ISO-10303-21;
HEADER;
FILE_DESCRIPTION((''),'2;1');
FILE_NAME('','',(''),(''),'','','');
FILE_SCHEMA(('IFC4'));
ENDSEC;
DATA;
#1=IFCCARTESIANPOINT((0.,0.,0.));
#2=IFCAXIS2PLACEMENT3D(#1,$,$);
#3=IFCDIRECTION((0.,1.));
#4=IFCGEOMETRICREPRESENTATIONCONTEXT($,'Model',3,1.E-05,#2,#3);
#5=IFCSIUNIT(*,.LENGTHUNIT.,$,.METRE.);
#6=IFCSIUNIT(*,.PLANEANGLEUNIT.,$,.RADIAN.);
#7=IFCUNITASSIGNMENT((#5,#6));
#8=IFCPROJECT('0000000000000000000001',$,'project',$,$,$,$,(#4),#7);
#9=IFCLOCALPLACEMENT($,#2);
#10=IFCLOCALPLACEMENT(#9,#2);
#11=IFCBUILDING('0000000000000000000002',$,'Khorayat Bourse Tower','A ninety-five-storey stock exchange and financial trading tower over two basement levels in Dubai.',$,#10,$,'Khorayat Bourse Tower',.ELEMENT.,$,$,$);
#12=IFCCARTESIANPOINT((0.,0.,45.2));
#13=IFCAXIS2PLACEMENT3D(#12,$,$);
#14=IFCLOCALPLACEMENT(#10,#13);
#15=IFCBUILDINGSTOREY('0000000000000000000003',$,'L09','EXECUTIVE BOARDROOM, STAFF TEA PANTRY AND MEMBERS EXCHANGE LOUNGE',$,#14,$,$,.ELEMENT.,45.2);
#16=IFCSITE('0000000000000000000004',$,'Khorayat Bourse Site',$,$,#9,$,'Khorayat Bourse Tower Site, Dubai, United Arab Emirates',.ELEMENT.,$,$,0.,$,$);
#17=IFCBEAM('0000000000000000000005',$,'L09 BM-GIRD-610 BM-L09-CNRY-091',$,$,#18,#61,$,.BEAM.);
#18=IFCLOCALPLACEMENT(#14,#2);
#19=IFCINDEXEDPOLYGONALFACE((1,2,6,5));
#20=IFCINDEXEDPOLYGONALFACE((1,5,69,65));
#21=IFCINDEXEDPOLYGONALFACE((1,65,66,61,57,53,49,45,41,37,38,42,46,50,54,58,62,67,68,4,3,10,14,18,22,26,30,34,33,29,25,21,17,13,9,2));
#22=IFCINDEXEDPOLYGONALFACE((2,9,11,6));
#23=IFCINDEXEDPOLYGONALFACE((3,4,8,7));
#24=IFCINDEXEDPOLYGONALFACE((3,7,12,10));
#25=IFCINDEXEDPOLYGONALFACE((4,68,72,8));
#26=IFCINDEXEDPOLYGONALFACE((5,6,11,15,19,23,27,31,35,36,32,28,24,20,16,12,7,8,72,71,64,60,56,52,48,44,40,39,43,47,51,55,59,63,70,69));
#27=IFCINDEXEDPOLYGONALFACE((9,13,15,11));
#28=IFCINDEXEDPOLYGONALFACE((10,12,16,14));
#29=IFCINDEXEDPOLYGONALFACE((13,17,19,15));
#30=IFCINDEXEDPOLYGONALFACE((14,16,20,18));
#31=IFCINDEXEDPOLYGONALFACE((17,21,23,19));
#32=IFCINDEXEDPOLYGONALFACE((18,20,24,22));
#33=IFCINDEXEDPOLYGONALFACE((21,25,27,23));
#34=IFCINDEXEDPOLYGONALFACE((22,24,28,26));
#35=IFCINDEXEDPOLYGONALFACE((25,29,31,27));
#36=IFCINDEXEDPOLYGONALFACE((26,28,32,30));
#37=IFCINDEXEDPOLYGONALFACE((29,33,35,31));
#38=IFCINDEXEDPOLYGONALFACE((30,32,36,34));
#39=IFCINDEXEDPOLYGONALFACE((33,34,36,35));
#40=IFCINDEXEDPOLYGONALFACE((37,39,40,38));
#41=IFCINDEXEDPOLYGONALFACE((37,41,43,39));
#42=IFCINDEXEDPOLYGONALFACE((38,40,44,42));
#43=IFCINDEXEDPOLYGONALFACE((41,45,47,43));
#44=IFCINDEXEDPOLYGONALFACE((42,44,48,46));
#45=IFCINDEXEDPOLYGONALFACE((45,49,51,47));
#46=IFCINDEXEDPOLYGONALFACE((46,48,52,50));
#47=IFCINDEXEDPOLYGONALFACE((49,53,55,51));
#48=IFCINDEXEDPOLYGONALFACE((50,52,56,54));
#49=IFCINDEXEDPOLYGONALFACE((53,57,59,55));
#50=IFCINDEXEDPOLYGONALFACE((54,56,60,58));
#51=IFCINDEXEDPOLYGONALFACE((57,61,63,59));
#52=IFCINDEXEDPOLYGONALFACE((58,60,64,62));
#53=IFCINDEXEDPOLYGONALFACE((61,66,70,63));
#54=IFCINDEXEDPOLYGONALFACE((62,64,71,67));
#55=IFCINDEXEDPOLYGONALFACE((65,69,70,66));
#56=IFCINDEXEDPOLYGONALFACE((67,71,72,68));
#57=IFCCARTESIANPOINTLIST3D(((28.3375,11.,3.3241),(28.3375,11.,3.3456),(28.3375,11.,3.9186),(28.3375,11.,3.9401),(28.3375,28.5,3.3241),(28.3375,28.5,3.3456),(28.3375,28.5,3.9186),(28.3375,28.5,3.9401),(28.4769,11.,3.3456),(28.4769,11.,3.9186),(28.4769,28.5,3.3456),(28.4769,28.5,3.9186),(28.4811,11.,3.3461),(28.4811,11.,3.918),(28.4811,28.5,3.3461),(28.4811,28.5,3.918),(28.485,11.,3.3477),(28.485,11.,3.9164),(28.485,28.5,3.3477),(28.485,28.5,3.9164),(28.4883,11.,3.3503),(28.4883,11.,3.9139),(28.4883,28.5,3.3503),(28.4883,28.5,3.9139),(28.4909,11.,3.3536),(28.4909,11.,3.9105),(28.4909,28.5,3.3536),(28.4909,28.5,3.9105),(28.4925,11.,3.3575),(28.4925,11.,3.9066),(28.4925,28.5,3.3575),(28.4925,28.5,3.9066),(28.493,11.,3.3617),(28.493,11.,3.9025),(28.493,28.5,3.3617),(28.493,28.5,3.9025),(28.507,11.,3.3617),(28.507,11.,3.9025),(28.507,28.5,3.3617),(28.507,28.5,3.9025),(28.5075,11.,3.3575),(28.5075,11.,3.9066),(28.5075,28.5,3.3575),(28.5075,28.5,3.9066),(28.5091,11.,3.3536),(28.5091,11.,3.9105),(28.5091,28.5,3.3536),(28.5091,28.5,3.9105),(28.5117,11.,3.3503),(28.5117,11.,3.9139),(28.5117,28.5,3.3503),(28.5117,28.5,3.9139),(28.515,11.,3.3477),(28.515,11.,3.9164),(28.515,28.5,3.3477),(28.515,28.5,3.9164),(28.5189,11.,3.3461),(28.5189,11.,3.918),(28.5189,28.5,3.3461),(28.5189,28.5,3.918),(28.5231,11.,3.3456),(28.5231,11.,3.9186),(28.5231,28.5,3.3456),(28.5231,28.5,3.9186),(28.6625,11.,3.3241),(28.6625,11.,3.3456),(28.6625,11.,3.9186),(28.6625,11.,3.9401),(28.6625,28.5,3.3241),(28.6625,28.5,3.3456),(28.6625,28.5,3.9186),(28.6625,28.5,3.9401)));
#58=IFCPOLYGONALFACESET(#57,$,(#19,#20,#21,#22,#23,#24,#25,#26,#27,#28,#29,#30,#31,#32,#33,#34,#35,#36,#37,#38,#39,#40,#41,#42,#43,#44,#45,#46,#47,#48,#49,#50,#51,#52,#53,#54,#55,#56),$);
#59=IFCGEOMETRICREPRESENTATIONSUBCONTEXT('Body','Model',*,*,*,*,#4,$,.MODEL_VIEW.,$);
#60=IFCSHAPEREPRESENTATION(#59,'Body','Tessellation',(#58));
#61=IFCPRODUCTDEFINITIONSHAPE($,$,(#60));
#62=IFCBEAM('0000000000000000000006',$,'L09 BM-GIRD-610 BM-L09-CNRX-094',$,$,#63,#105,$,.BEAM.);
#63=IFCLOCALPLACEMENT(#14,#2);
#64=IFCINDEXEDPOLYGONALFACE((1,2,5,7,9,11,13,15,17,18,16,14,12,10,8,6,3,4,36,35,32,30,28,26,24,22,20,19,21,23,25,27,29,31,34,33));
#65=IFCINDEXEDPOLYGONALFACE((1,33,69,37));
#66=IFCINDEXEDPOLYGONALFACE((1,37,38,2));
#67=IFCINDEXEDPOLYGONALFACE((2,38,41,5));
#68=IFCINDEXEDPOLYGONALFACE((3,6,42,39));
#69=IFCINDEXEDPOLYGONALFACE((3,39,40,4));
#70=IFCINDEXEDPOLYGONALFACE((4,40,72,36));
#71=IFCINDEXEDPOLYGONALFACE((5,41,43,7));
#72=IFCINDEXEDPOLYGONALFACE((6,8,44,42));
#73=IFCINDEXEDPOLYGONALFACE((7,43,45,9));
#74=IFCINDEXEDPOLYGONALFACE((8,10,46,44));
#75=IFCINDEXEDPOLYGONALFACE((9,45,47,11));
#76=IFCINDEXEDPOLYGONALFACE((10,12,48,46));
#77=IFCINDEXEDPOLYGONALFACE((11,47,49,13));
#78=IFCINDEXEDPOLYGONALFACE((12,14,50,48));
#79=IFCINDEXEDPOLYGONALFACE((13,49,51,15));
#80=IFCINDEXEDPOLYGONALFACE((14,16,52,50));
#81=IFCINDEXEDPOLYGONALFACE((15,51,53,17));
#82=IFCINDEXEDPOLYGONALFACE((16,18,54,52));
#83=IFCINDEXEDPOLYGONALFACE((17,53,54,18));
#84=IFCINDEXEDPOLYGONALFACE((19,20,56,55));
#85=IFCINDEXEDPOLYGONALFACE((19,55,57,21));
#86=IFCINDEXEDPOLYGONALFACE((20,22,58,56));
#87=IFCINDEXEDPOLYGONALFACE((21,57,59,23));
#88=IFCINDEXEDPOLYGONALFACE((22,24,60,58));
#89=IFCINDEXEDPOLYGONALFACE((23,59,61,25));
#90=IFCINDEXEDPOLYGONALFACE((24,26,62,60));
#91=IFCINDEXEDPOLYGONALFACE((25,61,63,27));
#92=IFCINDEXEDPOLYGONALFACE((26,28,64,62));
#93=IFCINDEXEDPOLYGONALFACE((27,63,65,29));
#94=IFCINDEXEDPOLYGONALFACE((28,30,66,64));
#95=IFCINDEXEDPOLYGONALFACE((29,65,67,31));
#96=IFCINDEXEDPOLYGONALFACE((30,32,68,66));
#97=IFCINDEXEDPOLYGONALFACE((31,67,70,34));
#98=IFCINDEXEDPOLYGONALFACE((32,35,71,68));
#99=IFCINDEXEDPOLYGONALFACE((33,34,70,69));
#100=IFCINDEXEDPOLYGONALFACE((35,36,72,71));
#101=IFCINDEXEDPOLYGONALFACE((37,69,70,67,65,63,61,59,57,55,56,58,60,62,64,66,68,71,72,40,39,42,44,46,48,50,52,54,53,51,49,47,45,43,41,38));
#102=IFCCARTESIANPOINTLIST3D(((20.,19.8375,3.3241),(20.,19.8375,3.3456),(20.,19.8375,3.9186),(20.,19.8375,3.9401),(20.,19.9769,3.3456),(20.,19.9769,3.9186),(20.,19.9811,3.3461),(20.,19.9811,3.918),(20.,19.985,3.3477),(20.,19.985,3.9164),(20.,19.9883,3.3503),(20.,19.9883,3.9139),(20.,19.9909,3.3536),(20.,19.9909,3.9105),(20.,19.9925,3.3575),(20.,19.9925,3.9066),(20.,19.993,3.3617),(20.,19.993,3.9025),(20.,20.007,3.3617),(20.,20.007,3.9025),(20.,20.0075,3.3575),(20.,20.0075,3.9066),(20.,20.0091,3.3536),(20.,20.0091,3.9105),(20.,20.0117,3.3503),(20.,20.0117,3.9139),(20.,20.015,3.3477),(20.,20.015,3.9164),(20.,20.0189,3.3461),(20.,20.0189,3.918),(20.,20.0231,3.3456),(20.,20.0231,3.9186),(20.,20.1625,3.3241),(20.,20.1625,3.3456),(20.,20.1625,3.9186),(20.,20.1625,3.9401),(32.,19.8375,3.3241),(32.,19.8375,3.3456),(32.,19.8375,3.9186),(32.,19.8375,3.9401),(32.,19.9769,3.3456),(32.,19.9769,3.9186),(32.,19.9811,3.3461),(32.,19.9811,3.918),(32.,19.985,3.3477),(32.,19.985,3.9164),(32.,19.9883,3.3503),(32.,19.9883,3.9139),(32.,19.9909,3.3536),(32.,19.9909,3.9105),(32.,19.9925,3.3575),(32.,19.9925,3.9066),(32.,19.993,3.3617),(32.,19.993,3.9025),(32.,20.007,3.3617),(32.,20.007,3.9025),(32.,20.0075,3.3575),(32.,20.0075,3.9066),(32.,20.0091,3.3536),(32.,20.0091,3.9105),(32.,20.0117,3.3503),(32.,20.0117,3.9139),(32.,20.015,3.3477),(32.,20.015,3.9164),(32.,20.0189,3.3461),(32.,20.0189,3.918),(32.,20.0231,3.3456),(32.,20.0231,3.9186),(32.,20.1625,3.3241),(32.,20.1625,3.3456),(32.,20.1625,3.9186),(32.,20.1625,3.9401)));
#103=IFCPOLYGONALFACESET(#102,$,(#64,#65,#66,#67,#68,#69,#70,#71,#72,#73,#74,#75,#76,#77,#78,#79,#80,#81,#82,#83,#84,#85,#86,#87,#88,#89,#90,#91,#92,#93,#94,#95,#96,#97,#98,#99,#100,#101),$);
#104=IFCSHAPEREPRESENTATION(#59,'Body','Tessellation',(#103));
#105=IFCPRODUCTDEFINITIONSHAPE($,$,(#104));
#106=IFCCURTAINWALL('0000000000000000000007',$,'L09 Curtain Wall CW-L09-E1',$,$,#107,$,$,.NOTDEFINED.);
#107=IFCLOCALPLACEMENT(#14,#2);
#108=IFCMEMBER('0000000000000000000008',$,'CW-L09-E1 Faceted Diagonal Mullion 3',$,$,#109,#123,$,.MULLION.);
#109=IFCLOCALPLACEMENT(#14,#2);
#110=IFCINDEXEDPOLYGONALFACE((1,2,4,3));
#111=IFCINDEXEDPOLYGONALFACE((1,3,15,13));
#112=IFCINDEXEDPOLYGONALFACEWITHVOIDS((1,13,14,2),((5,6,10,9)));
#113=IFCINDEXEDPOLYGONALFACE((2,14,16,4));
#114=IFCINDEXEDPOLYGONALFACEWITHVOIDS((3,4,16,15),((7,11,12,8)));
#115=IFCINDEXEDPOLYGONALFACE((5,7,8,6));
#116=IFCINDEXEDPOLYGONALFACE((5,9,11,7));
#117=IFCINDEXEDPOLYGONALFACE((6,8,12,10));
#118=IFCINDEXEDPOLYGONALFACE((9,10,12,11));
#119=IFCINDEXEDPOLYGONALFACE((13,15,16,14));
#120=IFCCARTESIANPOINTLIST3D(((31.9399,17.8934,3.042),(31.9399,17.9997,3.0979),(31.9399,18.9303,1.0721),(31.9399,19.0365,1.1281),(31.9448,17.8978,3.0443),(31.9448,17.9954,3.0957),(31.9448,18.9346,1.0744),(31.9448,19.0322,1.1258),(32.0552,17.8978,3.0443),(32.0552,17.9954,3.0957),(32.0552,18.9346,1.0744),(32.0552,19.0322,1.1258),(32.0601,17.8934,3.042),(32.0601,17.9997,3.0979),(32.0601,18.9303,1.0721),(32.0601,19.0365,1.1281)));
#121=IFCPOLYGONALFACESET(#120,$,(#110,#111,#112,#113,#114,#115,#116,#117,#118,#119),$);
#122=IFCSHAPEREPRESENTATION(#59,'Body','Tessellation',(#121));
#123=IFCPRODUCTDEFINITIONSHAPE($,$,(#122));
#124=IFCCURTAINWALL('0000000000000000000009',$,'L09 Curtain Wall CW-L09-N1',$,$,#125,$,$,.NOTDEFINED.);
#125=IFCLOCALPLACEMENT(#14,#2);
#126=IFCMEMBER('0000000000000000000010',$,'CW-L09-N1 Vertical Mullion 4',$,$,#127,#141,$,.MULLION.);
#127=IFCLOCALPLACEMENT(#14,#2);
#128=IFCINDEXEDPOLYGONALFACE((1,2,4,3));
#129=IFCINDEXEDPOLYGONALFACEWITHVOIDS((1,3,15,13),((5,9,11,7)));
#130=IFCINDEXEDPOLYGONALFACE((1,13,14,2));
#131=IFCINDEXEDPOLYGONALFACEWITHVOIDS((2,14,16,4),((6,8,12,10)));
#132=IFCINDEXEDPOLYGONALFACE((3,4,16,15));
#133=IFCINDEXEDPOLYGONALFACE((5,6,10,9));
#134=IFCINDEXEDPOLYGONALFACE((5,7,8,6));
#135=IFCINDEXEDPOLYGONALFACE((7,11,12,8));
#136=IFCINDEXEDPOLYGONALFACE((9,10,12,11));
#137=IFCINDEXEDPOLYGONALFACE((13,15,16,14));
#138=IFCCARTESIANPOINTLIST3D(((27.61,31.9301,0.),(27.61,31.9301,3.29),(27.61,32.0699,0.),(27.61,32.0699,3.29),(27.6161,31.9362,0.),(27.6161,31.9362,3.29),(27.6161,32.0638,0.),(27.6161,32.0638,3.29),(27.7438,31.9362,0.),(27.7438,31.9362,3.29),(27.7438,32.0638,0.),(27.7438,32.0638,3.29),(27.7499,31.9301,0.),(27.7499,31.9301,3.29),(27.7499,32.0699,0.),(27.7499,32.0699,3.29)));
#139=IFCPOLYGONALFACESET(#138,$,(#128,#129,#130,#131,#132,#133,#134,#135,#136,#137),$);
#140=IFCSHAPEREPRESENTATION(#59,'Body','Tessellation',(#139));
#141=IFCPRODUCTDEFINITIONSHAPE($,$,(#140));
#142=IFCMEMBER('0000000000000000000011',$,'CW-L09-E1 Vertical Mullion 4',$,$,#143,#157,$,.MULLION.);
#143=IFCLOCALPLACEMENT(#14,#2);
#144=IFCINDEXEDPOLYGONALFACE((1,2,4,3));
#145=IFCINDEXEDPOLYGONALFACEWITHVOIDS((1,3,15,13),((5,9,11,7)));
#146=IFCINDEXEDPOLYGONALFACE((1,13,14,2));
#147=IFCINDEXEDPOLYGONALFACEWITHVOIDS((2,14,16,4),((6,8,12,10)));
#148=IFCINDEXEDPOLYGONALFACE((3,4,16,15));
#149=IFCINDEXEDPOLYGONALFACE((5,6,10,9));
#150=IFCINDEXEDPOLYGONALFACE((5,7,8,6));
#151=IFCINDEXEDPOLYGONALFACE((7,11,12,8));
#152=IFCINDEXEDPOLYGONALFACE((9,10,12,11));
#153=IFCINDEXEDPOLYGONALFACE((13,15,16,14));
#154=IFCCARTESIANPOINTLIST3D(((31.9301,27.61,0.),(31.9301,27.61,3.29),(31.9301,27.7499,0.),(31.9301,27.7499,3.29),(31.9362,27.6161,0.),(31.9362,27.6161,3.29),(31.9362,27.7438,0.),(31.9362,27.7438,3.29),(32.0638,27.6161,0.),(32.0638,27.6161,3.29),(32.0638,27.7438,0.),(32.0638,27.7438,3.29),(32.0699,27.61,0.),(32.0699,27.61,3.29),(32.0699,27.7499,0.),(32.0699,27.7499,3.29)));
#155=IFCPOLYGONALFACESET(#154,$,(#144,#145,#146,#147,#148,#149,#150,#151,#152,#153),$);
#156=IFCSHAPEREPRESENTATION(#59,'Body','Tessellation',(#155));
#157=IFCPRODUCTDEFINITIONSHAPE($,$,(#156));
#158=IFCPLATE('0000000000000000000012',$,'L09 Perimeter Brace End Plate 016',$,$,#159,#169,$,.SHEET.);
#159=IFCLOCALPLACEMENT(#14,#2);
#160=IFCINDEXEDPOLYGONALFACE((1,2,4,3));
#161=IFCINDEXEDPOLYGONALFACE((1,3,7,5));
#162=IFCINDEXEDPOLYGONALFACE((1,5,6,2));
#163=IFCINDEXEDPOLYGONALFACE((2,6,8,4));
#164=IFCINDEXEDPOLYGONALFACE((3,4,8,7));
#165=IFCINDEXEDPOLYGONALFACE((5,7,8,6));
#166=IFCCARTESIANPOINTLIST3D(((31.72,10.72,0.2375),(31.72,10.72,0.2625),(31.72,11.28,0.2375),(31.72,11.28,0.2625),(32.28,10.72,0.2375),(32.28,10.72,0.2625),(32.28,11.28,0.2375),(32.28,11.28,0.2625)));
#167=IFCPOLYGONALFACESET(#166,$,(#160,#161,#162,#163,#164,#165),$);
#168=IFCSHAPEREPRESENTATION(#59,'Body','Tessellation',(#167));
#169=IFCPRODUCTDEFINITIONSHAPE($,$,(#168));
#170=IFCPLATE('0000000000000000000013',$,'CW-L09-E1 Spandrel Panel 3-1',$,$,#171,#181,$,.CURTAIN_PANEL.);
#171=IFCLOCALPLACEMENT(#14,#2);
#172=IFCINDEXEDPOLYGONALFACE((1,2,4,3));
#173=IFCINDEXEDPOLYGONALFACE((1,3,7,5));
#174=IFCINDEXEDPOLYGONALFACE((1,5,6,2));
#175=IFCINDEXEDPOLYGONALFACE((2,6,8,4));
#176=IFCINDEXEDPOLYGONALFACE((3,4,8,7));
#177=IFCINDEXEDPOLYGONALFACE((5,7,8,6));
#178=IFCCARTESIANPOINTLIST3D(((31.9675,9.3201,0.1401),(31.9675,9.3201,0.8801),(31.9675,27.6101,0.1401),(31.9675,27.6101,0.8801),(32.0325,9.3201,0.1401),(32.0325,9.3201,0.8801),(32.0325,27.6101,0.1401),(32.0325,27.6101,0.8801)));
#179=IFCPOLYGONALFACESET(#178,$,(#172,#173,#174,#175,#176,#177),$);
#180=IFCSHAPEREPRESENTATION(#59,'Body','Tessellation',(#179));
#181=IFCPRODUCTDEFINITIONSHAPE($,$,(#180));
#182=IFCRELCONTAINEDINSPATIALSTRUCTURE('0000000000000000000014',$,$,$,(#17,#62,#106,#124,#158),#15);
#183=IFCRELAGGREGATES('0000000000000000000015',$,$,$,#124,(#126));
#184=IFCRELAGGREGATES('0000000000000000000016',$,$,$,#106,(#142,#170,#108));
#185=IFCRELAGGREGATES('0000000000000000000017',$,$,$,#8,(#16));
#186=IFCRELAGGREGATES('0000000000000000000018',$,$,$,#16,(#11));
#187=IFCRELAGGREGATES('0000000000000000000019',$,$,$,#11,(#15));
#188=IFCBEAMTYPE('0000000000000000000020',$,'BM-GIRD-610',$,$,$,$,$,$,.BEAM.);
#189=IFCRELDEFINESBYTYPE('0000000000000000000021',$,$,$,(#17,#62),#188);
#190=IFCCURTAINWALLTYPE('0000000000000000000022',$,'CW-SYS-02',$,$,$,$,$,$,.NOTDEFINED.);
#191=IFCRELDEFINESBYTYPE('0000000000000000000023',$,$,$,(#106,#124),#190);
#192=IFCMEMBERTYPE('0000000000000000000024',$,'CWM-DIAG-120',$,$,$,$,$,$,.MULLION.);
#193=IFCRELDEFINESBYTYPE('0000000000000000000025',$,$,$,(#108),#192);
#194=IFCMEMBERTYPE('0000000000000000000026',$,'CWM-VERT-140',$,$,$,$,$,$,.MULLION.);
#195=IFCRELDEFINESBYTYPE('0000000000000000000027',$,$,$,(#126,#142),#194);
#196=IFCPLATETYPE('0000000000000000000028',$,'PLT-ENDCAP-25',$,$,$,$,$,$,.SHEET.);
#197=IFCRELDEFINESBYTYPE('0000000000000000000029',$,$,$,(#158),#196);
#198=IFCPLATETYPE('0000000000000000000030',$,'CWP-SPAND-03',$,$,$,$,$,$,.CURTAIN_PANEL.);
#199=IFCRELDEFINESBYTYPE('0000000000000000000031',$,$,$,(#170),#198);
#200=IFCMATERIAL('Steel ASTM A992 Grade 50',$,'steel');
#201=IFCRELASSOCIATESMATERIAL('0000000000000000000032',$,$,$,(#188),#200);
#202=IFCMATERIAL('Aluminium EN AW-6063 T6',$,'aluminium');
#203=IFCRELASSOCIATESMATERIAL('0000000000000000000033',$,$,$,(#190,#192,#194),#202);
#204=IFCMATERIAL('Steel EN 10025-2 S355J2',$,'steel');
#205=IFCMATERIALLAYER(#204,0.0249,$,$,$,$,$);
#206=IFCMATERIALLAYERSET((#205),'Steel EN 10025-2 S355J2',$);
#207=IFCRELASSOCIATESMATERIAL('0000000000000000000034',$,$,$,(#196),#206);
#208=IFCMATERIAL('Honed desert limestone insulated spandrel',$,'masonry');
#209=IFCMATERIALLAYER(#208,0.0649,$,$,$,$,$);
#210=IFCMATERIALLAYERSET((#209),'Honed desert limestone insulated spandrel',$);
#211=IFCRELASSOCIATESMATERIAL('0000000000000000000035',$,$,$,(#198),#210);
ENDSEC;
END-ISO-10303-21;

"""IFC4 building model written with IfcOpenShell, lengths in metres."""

from ifc_helpers import new_model, si_unit, direction, frame, origin, origin_2d, place, context, subcontext, project, spatial, rectangle, hollow_rectangle, i_section, extrude, source, transform, mapped, material, layer, layer_set, material_profile, profile_set, type_object, element, aggregate, save


model = new_model("IFC4")

# Units and contexts
model_context = context("Model", 3, precision=1e-05, world=origin(), true_north=direction((0.0, 1.0)))
body_context = subcontext(model_context, "Body", "Model", "MODEL_VIEW")
ifc_project = project(units=[si_unit("LENGTHUNIT", "METRE"), si_unit("PLANEANGLEUNIT", "RADIAN")], contexts=[model_context])

# Site, building, storey
site_placement = place(None, origin())
site = spatial("IfcSite", under=ifc_project, at=site_placement, Name="Khorayat Bourse Site", LongName="Khorayat Bourse Tower Site, Dubai, United Arab Emirates", CompositionType="ELEMENT", RefElevation=0.0)
building_placement = place(site_placement, origin())
building = spatial("IfcBuilding", under=site, at=building_placement, Name="Khorayat Bourse Tower", Description="A ninety-five-storey stock exchange and financial trading tower over two basement levels in Dubai.", LongName="Khorayat Bourse Tower", CompositionType="ELEMENT")
storey_placement = place(building_placement, frame((0.0, 0.0, 45.2)))
storey = spatial("IfcBuildingStorey", under=building, at=storey_placement, Name="L09", Description="EXECUTIVE BOARDROOM, STAFF TEA PANTRY AND MEMBERS EXCHANGE LOUNGE", CompositionType="ELEMENT", Elevation=45.2)

# Beams
ifc_material_1 = material(Name="Steel ASTM A992 Grade 50", Category="steel")
ifc_material_profile_1 = material_profile(ifc_material_1, i_section(OverallWidth=0.325, OverallDepth=0.616, WebThickness=0.0139, FlangeThickness=0.0215, FilletRadius=0.0161, at=origin_2d()), Name="W610X174")
ifc_profile_set_1 = profile_set([ifc_material_profile_1], Name="Steel ASTM A992 Grade 50")
beam_type_1 = type_object("IfcBeamType", Name="BM-GIRD-610", PredefinedType="BEAM", material=ifc_profile_set_1)
shared_shape_1 = source(origin(), body_context, "Body", "SweptSolid", [
    extrude(i_section(OverallWidth=0.325, OverallDepth=0.616, WebThickness=0.0139, FlangeThickness=0.0215, FilletRadius=0.0161, at=origin_2d()), origin(), (0.0, 0.0, 1.0), 17.5),
])
beam_1_placement = place(storey_placement, frame((28.5, 11.0, 3.6321), z_axis=(0.0, 1.0, 0.0), x_axis=(-1.0, 0.0, 0.0)))
element("IfcBeam", 1, at=beam_1_placement, inside=storey, type_object=beam_type_1, Name="L09 BM-GIRD-610 BM-L09-CNRY-091", PredefinedType="BEAM", context=body_context, shape_type="MappedRepresentation", body=[
    mapped(shared_shape_1, transform((0.0, 0.0, 0.0), scale=1.0)),
])
shared_shape_2 = source(origin(), body_context, "Body", "SweptSolid", [
    extrude(i_section(OverallWidth=0.325, OverallDepth=0.616, WebThickness=0.0139, FlangeThickness=0.0215, FilletRadius=0.0161, at=origin_2d()), origin(), (0.0, 0.0, 1.0), 12.0),
])
beam_2_placement = place(storey_placement, frame((20.0, 20.0, 3.6321), z_axis=(1.0, 0.0, 0.0), x_axis=(0.0, 1.0, 0.0)))
element("IfcBeam", 2, at=beam_2_placement, inside=storey, type_object=beam_type_1, Name="L09 BM-GIRD-610 BM-L09-CNRX-094", PredefinedType="BEAM", context=body_context, shape_type="MappedRepresentation", body=[
    mapped(shared_shape_2, transform((0.0, 0.0, 0.0), scale=1.0)),
])

# Curtain walls, members
ifc_material_2 = material(Name="Aluminium EN AW-6063 T6", Category="aluminium")
curtain_wall_type = type_object("IfcCurtainWallType", Name="CW-SYS-02", PredefinedType="NOTDEFINED", material=ifc_material_2)
curtain_wall_1_placement = place(storey_placement, origin())
curtain_wall_1 = element("IfcCurtainWall", 3, at=curtain_wall_1_placement, inside=storey, type_object=curtain_wall_type, Name="L09 Curtain Wall CW-L09-E1", PredefinedType="NOTDEFINED")
ifc_material_profile_2 = material_profile(ifc_material_2, hollow_rectangle(XDim=0.1201, YDim=0.1201, WallThickness=0.0049, at=origin_2d()), Name="ALU 120x120x5")
ifc_profile_set_2 = profile_set([ifc_material_profile_2], Name="Aluminium EN AW-6063 T6")
member_type_1 = type_object("IfcMemberType", Name="CWM-DIAG-120", PredefinedType="MULLION", material=ifc_profile_set_2)
shared_shape_3 = source(origin(), body_context, "Body", "SweptSolid", [
    extrude(hollow_rectangle(XDim=0.1201, YDim=0.1201, WallThickness=0.0049, at=origin_2d()), origin(), (0.0, 0.0, 1.0), 2.2261),
])
member_1_placement = place(storey_placement, frame((32.0, 18.9834, 1.1001), z_axis=(0.0, -0.46576, 0.884911), x_axis=(1.0, 0.0, 0.0)))
member_1 = element("IfcMember", 4, at=member_1_placement, type_object=member_type_1, Name="CW-L09-E1 Faceted Diagonal Mullion 3", PredefinedType="MULLION", context=body_context, shape_type="MappedRepresentation", body=[
    mapped(shared_shape_3, transform((0.0, 0.0, 0.0), scale=1.0)),
])
curtain_wall_2_placement = place(storey_placement, origin())
curtain_wall_2 = element("IfcCurtainWall", 5, at=curtain_wall_2_placement, inside=storey, type_object=curtain_wall_type, Name="L09 Curtain Wall CW-L09-N1", PredefinedType="NOTDEFINED")
ifc_material_profile_3 = material_profile(ifc_material_2, hollow_rectangle(XDim=0.1399, YDim=0.1399, WallThickness=0.0061, at=origin_2d()), Name="ALU 140x140x6")
ifc_profile_set_3 = profile_set([ifc_material_profile_3], Name="Aluminium EN AW-6063 T6")
member_type_2 = type_object("IfcMemberType", Name="CWM-VERT-140", PredefinedType="MULLION", material=ifc_profile_set_3)
shared_shape_4 = source(origin(), body_context, "Body", "SweptSolid", [
    extrude(hollow_rectangle(XDim=0.1399, YDim=0.1399, WallThickness=0.0061, at=origin_2d()), origin(), (0.0, 0.0, 1.0), 3.29),
])
member_2_placement = place(storey_placement, frame((27.6799, 32.0, 0.0), z_axis=(0.0, 0.0, 1.0), x_axis=(0.0, 1.0, 0.0)))
member_2 = element("IfcMember", 6, at=member_2_placement, type_object=member_type_2, Name="CW-L09-N1 Vertical Mullion 4", PredefinedType="MULLION", context=body_context, shape_type="MappedRepresentation", body=[
    mapped(shared_shape_4, transform((0.0, 0.0, 0.0), scale=1.0)),
])
aggregate(curtain_wall_2, [member_2])

# Member
member_3_placement = place(storey_placement, frame((32.0, 27.6799, 0.0), z_axis=(0.0, 0.0, 1.0), x_axis=(-1.0, 0.0, 0.0)))
member_3 = element("IfcMember", 7, at=member_3_placement, type_object=member_type_2, Name="CW-L09-E1 Vertical Mullion 4", PredefinedType="MULLION", context=body_context, shape_type="MappedRepresentation", body=[
    mapped(shared_shape_4, transform((0.0, 0.0, 0.0), scale=1.0)),
])

# Plates
ifc_material_3 = material(Name="Steel EN 10025-2 S355J2", Category="steel")
ifc_layer_1 = layer(ifc_material_3, 0.0249)
ifc_layer_set_1 = layer_set([ifc_layer_1], Name="Steel EN 10025-2 S355J2")
plate_type_1 = type_object("IfcPlateType", Name="PLT-ENDCAP-25", PredefinedType="SHEET", material=ifc_layer_set_1)
shared_shape_5 = source(origin(), body_context, "Body", "SweptSolid", [
    extrude(rectangle(XDim=0.5601, YDim=0.5601, at=origin_2d()), origin(), (0.0, 0.0, 1.0), 0.0249),
])
plate_1_placement = place(storey_placement, frame((32.0, 11.0, 0.2375), z_axis=(0.0, 0.0, 1.0), x_axis=(1.0, 0.0, 0.0)))
element("IfcPlate", 8, at=plate_1_placement, inside=storey, type_object=plate_type_1, Name="L09 Perimeter Brace End Plate 016", PredefinedType="SHEET", context=body_context, shape_type="MappedRepresentation", body=[
    mapped(shared_shape_5, transform((0.0, 0.0, 0.0), scale=1.0)),
])
ifc_material_4 = material(Name="Honed desert limestone insulated spandrel", Category="masonry")
ifc_layer_2 = layer(ifc_material_4, 0.0649)
ifc_layer_set_2 = layer_set([ifc_layer_2], Name="Honed desert limestone insulated spandrel")
plate_type_2 = type_object("IfcPlateType", Name="CWP-SPAND-03", PredefinedType="CURTAIN_PANEL", material=ifc_layer_set_2)
shared_shape_6 = source(origin(), body_context, "Body", "SweptSolid", [
    extrude(rectangle(XDim=18.29, YDim=0.0649, at=origin_2d()), origin(), (0.0, 0.0, 1.0), 0.74),
])
plate_2_placement = place(storey_placement, frame((32.0, 18.4651, 0.1401), z_axis=(0.0, 0.0, 1.0), x_axis=(0.0, 1.0, 0.0)))
plate_2 = element("IfcPlate", 9, at=plate_2_placement, type_object=plate_type_2, Name="CW-L09-E1 Spandrel Panel 3-1", PredefinedType="CURTAIN_PANEL", context=body_context, shape_type="MappedRepresentation", body=[
    mapped(shared_shape_6, transform((0.0, 0.0, 0.0), scale=1.0)),
])
aggregate(curtain_wall_1, [member_3, plate_2, member_1])

save(model, "model.ifc")
